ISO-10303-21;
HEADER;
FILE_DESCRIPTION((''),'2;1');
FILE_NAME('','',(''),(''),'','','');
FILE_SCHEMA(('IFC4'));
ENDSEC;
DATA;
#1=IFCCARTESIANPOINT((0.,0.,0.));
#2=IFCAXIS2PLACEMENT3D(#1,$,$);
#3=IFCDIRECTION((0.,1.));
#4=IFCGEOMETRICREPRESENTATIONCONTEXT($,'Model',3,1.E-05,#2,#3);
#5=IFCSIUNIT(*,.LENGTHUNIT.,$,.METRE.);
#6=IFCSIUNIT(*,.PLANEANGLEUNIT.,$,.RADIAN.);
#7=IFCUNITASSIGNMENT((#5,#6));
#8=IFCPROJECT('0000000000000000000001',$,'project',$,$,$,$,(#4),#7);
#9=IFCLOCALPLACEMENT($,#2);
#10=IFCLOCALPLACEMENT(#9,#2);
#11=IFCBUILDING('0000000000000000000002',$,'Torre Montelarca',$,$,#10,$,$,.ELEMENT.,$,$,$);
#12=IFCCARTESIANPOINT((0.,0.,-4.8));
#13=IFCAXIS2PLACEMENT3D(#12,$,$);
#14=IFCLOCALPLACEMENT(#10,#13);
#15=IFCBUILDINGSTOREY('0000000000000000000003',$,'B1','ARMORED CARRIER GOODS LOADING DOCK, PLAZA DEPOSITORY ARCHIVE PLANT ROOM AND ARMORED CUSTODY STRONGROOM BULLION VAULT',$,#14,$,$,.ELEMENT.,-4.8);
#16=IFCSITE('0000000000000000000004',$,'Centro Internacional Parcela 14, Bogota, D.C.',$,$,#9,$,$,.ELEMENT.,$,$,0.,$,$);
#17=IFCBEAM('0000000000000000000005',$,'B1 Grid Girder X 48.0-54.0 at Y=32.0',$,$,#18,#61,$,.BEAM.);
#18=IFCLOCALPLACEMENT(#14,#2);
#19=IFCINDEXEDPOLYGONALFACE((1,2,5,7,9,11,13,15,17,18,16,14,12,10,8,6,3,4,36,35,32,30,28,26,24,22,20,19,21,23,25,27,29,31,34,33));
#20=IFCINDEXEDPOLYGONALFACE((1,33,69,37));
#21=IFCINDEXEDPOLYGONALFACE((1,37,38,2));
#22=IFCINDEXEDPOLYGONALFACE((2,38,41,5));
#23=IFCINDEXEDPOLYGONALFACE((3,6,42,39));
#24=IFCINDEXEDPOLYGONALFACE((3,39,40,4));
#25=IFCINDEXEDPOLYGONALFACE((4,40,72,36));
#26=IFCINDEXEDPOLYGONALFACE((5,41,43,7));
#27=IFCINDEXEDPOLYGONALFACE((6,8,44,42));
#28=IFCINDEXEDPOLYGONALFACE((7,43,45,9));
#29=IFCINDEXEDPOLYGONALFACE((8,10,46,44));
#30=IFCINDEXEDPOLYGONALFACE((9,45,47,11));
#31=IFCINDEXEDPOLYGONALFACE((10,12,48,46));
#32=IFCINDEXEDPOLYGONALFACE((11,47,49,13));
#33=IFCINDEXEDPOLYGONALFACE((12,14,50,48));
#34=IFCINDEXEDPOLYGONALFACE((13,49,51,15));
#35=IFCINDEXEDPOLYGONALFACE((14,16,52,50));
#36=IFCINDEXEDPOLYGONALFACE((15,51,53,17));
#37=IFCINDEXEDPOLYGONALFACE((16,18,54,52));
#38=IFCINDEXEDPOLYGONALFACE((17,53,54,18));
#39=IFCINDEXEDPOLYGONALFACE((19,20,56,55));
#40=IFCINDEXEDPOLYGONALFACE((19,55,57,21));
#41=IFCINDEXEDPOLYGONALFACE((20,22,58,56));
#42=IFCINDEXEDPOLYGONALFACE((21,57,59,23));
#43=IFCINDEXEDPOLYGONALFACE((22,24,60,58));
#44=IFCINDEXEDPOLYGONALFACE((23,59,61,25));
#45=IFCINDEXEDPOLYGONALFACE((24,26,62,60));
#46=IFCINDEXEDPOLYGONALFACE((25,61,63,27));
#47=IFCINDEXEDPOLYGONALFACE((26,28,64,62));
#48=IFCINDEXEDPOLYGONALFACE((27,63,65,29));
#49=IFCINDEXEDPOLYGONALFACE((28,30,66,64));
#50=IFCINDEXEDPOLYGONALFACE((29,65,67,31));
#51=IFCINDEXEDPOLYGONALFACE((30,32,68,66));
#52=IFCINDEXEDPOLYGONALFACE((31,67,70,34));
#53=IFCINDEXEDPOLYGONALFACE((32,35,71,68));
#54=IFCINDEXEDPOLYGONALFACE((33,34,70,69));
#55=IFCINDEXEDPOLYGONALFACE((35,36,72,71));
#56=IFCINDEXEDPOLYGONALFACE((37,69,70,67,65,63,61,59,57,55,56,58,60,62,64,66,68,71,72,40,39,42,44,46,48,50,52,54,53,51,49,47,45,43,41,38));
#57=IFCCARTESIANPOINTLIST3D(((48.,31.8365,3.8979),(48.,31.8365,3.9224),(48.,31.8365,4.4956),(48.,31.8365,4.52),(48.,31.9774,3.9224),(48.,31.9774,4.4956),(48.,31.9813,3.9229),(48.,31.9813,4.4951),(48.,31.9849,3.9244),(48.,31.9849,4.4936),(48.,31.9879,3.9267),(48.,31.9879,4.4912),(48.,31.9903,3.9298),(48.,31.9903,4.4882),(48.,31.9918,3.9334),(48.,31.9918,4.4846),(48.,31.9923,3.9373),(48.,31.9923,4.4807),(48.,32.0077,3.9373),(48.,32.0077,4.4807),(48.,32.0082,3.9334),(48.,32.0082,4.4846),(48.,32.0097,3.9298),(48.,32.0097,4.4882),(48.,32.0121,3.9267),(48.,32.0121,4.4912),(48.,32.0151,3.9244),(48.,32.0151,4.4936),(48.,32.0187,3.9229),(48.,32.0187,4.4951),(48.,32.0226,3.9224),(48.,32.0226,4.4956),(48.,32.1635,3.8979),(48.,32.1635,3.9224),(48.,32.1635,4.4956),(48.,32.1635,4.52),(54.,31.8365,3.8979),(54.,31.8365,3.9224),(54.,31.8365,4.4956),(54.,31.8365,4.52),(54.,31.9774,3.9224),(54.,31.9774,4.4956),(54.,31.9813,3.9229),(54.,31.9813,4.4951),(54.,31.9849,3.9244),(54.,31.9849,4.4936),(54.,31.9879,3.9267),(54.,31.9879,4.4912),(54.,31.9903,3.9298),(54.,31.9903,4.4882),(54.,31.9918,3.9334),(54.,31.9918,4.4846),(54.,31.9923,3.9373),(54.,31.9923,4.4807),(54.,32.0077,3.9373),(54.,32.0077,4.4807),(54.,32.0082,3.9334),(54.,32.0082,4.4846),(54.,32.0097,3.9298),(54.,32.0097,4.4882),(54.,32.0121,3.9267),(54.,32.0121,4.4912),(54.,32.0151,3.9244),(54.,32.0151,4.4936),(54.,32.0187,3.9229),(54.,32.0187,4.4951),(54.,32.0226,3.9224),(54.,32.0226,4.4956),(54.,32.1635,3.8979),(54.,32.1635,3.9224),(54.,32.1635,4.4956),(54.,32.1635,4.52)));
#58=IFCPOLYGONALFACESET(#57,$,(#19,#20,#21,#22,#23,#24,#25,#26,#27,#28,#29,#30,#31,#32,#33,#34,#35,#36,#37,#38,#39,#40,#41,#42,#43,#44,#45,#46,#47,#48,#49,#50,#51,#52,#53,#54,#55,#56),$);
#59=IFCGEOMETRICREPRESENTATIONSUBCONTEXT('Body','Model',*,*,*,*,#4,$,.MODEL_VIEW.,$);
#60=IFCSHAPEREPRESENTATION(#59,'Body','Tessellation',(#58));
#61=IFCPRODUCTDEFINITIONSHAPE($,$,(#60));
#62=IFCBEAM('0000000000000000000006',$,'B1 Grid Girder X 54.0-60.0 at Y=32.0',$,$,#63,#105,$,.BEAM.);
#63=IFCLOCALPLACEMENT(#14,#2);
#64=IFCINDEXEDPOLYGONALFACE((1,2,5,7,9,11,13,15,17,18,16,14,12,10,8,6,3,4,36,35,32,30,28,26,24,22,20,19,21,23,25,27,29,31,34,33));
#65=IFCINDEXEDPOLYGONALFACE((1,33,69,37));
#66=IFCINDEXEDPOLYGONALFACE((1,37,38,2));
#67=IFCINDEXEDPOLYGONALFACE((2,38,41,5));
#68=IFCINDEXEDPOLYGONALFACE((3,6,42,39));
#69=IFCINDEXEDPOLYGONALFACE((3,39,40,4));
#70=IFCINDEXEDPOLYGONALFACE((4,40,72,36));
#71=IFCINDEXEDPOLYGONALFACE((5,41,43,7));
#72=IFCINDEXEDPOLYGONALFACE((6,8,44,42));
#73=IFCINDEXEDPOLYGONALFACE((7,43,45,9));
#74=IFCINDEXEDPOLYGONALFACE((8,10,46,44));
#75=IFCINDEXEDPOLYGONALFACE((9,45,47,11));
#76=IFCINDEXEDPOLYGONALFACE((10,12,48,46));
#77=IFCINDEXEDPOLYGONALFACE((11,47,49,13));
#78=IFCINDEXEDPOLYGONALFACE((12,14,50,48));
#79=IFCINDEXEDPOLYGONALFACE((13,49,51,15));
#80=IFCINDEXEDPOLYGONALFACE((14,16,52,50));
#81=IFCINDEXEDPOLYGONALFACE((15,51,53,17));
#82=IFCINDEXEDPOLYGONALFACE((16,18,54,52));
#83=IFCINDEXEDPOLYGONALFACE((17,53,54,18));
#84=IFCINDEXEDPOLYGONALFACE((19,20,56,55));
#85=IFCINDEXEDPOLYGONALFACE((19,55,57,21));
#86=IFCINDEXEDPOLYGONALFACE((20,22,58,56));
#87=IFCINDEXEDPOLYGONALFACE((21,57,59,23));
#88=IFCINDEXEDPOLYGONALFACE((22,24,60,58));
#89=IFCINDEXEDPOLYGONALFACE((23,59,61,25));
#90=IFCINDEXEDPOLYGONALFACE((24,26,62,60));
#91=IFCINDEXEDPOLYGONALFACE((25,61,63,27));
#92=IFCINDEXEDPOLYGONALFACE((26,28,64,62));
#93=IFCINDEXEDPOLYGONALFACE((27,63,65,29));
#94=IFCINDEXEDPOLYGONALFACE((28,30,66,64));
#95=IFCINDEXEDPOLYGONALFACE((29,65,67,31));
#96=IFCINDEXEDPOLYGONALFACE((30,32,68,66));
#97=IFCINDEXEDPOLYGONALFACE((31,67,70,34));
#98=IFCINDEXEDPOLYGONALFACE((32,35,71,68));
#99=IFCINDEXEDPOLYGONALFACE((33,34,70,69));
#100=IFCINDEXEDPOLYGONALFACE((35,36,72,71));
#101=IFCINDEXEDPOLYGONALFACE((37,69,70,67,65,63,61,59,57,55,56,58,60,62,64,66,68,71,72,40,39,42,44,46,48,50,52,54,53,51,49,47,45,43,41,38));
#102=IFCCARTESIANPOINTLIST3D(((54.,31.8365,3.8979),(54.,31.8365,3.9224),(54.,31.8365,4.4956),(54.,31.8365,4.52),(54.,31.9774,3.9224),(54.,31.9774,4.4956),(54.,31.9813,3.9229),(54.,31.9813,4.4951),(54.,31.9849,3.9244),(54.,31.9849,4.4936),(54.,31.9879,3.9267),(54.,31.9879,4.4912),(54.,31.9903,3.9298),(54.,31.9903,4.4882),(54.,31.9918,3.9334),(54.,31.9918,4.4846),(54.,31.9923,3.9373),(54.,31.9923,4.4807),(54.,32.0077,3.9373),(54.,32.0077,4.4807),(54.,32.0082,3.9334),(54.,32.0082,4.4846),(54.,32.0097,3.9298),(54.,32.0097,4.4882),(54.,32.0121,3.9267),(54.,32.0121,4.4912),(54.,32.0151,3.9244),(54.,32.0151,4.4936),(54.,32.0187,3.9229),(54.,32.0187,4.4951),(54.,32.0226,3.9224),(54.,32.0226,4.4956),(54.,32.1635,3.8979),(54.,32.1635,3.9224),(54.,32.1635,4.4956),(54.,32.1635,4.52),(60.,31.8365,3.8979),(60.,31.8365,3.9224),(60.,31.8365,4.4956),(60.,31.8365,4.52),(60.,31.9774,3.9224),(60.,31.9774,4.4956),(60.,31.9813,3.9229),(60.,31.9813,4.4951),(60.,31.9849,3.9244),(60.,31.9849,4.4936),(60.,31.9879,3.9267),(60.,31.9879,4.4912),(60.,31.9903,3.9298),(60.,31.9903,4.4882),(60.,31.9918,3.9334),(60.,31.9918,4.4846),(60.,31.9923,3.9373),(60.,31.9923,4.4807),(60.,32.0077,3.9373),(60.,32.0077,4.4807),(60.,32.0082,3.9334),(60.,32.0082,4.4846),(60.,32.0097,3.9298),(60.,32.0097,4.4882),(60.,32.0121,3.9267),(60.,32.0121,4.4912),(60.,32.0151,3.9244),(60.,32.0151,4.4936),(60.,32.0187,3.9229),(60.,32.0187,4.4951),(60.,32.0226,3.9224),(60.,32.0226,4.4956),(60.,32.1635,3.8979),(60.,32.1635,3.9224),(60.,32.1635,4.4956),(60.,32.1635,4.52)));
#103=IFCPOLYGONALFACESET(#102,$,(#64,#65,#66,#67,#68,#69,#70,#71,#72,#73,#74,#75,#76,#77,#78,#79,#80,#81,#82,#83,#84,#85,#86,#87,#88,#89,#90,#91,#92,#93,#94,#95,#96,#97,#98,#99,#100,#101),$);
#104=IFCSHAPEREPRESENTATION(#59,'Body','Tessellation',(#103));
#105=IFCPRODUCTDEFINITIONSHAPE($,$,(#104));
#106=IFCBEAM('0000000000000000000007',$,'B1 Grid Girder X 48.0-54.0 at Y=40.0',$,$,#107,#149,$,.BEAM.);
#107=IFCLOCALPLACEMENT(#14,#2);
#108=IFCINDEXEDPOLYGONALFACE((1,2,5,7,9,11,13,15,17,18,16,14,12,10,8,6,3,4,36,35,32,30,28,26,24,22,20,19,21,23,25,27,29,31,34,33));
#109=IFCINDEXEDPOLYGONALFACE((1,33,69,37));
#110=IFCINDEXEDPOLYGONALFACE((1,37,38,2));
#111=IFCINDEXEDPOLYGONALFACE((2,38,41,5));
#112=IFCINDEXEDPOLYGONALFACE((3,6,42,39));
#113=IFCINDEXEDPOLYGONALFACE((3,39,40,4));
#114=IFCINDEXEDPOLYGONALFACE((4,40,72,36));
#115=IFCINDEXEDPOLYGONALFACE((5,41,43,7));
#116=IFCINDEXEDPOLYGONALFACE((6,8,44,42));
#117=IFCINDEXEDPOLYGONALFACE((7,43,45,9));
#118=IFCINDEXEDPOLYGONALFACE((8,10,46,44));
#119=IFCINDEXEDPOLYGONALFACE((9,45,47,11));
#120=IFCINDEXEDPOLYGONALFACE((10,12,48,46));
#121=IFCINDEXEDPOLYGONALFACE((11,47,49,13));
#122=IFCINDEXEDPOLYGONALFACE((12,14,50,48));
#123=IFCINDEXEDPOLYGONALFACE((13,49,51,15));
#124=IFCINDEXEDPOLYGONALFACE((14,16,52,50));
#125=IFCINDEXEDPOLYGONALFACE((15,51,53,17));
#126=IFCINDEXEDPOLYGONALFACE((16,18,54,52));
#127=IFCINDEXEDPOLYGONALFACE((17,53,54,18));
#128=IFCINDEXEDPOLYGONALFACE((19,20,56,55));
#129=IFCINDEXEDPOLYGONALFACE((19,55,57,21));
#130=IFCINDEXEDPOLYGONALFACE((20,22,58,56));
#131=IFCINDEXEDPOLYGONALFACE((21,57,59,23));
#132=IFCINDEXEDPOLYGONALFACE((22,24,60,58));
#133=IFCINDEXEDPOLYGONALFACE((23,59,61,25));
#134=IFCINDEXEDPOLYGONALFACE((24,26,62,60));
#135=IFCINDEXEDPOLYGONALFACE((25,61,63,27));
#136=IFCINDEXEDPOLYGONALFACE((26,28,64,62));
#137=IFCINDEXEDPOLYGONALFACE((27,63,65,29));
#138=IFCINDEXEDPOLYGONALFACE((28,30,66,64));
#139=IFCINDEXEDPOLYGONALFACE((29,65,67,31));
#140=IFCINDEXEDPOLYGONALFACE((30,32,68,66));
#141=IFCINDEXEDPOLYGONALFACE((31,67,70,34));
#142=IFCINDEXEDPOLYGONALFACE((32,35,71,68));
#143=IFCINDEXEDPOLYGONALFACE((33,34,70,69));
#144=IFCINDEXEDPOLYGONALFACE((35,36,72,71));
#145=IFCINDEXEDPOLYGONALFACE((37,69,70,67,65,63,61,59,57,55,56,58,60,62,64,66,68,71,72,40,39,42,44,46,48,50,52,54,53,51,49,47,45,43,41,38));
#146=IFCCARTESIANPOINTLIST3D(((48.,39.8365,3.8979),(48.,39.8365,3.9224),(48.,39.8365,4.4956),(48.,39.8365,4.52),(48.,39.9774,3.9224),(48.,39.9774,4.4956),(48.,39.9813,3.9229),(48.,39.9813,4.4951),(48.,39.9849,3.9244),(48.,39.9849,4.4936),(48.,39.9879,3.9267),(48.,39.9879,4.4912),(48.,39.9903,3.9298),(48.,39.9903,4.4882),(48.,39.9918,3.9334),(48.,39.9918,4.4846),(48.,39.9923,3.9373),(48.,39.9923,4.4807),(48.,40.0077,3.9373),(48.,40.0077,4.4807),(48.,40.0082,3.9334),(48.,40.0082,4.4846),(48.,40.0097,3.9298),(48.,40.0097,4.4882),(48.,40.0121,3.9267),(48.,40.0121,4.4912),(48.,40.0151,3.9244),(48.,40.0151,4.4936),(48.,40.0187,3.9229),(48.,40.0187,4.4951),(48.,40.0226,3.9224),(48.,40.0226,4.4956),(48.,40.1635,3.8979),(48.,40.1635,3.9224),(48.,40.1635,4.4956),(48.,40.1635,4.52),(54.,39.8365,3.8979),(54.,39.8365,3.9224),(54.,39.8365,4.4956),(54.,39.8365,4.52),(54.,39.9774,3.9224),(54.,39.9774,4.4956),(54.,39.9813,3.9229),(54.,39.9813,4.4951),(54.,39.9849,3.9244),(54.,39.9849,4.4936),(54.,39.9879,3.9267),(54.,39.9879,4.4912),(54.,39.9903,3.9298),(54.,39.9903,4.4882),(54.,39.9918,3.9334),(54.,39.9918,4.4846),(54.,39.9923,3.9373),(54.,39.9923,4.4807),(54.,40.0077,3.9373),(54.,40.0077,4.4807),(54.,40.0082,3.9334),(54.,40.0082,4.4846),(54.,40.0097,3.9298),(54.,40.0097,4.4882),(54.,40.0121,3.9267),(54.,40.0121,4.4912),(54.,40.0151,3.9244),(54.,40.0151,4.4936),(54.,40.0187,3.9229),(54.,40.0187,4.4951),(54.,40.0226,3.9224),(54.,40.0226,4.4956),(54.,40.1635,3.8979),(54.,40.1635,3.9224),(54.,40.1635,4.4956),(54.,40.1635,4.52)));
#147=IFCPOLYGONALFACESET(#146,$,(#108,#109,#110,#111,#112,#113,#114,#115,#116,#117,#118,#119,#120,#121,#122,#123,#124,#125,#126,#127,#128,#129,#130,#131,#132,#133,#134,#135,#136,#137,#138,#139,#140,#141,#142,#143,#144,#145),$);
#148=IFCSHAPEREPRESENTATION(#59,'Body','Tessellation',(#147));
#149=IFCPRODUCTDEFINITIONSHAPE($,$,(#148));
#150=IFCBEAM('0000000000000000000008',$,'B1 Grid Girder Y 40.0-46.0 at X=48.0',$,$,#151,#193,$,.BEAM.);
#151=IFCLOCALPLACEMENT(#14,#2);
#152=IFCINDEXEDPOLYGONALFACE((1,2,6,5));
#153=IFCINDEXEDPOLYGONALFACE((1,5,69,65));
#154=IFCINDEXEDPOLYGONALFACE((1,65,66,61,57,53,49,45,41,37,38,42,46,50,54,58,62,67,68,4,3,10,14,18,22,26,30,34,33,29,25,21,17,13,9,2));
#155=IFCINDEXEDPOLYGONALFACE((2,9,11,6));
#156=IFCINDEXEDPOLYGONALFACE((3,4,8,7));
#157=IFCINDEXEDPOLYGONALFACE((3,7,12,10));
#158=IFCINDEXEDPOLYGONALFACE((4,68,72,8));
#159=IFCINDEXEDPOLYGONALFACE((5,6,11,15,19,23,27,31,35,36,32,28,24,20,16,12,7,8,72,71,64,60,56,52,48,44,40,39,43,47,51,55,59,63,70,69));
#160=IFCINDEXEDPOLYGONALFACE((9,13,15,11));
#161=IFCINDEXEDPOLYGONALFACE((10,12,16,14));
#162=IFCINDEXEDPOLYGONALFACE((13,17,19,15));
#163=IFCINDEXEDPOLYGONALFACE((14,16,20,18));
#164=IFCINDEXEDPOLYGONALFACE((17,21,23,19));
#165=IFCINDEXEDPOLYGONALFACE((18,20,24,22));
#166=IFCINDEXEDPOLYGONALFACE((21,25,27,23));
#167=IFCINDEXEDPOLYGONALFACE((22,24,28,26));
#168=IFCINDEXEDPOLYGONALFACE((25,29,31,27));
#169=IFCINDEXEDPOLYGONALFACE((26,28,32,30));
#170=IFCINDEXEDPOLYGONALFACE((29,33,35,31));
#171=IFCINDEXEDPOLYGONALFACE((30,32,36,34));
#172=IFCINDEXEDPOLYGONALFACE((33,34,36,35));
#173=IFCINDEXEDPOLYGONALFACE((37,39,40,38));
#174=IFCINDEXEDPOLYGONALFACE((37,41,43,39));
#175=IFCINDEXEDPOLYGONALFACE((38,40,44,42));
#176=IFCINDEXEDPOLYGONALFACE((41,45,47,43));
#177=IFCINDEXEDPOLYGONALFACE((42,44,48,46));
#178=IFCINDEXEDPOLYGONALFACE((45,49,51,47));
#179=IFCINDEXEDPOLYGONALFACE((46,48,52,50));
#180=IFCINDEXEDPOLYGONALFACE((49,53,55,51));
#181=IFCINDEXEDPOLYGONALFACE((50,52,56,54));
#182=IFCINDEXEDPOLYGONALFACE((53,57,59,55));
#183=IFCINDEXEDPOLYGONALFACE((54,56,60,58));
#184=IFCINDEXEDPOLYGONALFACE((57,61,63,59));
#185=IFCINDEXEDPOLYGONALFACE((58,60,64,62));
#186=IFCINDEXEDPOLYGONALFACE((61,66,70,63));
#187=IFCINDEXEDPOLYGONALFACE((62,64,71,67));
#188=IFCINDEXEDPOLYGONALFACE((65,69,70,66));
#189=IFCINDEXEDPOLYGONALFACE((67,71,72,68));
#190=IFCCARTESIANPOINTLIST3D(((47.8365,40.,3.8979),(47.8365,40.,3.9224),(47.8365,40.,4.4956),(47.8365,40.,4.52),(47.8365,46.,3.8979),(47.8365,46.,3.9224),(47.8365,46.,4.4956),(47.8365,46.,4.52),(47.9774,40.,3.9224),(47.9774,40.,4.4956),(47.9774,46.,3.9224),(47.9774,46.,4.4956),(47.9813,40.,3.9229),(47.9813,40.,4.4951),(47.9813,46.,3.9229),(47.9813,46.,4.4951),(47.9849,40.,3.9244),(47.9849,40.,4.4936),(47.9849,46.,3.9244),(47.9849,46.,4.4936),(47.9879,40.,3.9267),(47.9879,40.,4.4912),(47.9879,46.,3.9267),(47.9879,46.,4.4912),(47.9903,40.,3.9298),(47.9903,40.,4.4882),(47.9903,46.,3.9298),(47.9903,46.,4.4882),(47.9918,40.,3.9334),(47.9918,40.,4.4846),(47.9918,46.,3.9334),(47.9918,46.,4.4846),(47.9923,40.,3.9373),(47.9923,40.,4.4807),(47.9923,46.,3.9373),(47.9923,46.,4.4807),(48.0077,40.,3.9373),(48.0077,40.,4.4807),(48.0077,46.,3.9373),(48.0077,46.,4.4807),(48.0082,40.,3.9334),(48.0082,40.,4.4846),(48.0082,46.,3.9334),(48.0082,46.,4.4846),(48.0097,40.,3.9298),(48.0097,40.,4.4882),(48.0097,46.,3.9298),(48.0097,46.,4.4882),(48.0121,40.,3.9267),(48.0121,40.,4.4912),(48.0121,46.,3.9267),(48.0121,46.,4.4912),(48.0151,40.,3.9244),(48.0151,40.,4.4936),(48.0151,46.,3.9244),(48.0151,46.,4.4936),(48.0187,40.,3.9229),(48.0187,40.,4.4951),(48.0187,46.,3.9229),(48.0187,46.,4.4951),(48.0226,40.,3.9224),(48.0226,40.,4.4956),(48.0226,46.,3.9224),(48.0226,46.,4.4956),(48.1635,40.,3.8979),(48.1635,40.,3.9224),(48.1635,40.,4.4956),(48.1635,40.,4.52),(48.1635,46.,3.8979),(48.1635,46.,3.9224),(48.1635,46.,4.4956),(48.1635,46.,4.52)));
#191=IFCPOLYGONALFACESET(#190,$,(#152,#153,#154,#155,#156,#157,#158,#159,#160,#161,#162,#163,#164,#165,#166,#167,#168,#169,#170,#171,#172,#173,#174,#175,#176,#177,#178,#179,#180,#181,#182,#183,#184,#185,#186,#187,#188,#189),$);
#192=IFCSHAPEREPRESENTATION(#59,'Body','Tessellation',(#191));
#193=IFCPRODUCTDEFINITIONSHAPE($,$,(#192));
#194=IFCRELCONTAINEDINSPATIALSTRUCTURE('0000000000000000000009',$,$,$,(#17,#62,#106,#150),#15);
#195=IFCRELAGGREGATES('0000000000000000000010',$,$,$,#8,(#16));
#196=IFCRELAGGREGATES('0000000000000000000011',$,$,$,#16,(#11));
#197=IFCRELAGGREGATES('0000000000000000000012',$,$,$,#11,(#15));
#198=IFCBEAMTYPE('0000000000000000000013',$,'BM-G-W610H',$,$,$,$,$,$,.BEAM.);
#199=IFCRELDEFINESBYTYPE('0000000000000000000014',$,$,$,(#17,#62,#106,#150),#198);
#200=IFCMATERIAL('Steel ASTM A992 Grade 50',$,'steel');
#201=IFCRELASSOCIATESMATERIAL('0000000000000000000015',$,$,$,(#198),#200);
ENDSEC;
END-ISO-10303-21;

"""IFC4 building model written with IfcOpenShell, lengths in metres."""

from ifc_helpers import new_model, si_unit, direction, frame, origin, origin_2d, place, context, subcontext, project, spatial, i_section, extrude, source, transform, mapped, material, material_profile, profile_set, type_object, element, save


model = new_model("IFC4")

# Units and contexts
model_context = context("Model", 3, precision=1e-05, world=origin(), true_north=direction((0.0, 1.0)))
body_context = subcontext(model_context, "Body", "Model", "MODEL_VIEW")
ifc_project = project(units=[si_unit("LENGTHUNIT", "METRE"), si_unit("PLANEANGLEUNIT", "RADIAN")], contexts=[model_context])

# Site, building, storey
site_placement = place(None, origin())
site = spatial("IfcSite", under=ifc_project, at=site_placement, Name="Centro Internacional Parcela 14, Bogota, D.C.", CompositionType="ELEMENT", RefElevation=0.0)
building_placement = place(site_placement, origin())
building = spatial("IfcBuilding", under=site, at=building_placement, Name="Torre Montelarca", CompositionType="ELEMENT")
storey_placement = place(building_placement, frame((0.0, 0.0, -4.8)))
storey = spatial("IfcBuildingStorey", under=building, at=storey_placement, Name="B1", Description="ARMORED CARRIER GOODS LOADING DOCK, PLAZA DEPOSITORY ARCHIVE PLANT ROOM AND ARMORED CUSTODY STRONGROOM BULLION VAULT", CompositionType="ELEMENT", Elevation=-4.8)

# Beams
ifc_material_1 = material(Name="Steel ASTM A992 Grade 50", Category="steel")
ifc_material_profile_1 = material_profile(ifc_material_1, i_section(OverallWidth=0.3269, OverallDepth=0.6221, WebThickness=0.0154, FlangeThickness=0.0244, FilletRadius=0.0149, at=origin_2d()), Name="W610X195", Category="steel")
ifc_profile_set_1 = profile_set([ifc_material_profile_1], Name="Steel ASTM A992 Grade 50")
beam_type_1 = type_object("IfcBeamType", Name="BM-G-W610H", PredefinedType="BEAM", material=ifc_profile_set_1)
shared_shape_1 = source(origin(), body_context, "Body", "SweptSolid", [
    extrude(i_section(OverallWidth=0.3269, OverallDepth=0.6221, WebThickness=0.0154, FlangeThickness=0.0244, FilletRadius=0.0149, at=origin_2d()), origin(), (0.0, 0.0, 1.0), 6.0),
])
for number, where, z_axis, x_axis, name in (
    (1, (48.0, 32.0, 4.209), (1.0, 0.0, 0.0), (0.0, 1.0, 0.0), "B1 Grid Girder X 48.0-54.0 at Y=32.0"),
    (2, (54.0, 32.0, 4.209), (1.0, 0.0, 0.0), (0.0, 1.0, 0.0), "B1 Grid Girder X 54.0-60.0 at Y=32.0"),
    (3, (48.0, 40.0, 4.209), (1.0, 0.0, 0.0), (0.0, 1.0, 0.0), "B1 Grid Girder X 48.0-54.0 at Y=40.0"),
    (4, (48.0, 40.0, 4.209), (0.0, 1.0, 0.0), (-1.0, 0.0, 0.0), "B1 Grid Girder Y 40.0-46.0 at X=48.0"),
):
    element("IfcBeam", number, at=place(storey_placement, frame(where, z_axis=z_axis, x_axis=x_axis)), inside=storey, type_object=beam_type_1, Name=name, PredefinedType="BEAM", context=body_context, shape_type="MappedRepresentation", body=[
        mapped(shared_shape_1, transform((0.0, 0.0, 0.0), scale=1.0)),
    ])

save(model, "model.ifc")
